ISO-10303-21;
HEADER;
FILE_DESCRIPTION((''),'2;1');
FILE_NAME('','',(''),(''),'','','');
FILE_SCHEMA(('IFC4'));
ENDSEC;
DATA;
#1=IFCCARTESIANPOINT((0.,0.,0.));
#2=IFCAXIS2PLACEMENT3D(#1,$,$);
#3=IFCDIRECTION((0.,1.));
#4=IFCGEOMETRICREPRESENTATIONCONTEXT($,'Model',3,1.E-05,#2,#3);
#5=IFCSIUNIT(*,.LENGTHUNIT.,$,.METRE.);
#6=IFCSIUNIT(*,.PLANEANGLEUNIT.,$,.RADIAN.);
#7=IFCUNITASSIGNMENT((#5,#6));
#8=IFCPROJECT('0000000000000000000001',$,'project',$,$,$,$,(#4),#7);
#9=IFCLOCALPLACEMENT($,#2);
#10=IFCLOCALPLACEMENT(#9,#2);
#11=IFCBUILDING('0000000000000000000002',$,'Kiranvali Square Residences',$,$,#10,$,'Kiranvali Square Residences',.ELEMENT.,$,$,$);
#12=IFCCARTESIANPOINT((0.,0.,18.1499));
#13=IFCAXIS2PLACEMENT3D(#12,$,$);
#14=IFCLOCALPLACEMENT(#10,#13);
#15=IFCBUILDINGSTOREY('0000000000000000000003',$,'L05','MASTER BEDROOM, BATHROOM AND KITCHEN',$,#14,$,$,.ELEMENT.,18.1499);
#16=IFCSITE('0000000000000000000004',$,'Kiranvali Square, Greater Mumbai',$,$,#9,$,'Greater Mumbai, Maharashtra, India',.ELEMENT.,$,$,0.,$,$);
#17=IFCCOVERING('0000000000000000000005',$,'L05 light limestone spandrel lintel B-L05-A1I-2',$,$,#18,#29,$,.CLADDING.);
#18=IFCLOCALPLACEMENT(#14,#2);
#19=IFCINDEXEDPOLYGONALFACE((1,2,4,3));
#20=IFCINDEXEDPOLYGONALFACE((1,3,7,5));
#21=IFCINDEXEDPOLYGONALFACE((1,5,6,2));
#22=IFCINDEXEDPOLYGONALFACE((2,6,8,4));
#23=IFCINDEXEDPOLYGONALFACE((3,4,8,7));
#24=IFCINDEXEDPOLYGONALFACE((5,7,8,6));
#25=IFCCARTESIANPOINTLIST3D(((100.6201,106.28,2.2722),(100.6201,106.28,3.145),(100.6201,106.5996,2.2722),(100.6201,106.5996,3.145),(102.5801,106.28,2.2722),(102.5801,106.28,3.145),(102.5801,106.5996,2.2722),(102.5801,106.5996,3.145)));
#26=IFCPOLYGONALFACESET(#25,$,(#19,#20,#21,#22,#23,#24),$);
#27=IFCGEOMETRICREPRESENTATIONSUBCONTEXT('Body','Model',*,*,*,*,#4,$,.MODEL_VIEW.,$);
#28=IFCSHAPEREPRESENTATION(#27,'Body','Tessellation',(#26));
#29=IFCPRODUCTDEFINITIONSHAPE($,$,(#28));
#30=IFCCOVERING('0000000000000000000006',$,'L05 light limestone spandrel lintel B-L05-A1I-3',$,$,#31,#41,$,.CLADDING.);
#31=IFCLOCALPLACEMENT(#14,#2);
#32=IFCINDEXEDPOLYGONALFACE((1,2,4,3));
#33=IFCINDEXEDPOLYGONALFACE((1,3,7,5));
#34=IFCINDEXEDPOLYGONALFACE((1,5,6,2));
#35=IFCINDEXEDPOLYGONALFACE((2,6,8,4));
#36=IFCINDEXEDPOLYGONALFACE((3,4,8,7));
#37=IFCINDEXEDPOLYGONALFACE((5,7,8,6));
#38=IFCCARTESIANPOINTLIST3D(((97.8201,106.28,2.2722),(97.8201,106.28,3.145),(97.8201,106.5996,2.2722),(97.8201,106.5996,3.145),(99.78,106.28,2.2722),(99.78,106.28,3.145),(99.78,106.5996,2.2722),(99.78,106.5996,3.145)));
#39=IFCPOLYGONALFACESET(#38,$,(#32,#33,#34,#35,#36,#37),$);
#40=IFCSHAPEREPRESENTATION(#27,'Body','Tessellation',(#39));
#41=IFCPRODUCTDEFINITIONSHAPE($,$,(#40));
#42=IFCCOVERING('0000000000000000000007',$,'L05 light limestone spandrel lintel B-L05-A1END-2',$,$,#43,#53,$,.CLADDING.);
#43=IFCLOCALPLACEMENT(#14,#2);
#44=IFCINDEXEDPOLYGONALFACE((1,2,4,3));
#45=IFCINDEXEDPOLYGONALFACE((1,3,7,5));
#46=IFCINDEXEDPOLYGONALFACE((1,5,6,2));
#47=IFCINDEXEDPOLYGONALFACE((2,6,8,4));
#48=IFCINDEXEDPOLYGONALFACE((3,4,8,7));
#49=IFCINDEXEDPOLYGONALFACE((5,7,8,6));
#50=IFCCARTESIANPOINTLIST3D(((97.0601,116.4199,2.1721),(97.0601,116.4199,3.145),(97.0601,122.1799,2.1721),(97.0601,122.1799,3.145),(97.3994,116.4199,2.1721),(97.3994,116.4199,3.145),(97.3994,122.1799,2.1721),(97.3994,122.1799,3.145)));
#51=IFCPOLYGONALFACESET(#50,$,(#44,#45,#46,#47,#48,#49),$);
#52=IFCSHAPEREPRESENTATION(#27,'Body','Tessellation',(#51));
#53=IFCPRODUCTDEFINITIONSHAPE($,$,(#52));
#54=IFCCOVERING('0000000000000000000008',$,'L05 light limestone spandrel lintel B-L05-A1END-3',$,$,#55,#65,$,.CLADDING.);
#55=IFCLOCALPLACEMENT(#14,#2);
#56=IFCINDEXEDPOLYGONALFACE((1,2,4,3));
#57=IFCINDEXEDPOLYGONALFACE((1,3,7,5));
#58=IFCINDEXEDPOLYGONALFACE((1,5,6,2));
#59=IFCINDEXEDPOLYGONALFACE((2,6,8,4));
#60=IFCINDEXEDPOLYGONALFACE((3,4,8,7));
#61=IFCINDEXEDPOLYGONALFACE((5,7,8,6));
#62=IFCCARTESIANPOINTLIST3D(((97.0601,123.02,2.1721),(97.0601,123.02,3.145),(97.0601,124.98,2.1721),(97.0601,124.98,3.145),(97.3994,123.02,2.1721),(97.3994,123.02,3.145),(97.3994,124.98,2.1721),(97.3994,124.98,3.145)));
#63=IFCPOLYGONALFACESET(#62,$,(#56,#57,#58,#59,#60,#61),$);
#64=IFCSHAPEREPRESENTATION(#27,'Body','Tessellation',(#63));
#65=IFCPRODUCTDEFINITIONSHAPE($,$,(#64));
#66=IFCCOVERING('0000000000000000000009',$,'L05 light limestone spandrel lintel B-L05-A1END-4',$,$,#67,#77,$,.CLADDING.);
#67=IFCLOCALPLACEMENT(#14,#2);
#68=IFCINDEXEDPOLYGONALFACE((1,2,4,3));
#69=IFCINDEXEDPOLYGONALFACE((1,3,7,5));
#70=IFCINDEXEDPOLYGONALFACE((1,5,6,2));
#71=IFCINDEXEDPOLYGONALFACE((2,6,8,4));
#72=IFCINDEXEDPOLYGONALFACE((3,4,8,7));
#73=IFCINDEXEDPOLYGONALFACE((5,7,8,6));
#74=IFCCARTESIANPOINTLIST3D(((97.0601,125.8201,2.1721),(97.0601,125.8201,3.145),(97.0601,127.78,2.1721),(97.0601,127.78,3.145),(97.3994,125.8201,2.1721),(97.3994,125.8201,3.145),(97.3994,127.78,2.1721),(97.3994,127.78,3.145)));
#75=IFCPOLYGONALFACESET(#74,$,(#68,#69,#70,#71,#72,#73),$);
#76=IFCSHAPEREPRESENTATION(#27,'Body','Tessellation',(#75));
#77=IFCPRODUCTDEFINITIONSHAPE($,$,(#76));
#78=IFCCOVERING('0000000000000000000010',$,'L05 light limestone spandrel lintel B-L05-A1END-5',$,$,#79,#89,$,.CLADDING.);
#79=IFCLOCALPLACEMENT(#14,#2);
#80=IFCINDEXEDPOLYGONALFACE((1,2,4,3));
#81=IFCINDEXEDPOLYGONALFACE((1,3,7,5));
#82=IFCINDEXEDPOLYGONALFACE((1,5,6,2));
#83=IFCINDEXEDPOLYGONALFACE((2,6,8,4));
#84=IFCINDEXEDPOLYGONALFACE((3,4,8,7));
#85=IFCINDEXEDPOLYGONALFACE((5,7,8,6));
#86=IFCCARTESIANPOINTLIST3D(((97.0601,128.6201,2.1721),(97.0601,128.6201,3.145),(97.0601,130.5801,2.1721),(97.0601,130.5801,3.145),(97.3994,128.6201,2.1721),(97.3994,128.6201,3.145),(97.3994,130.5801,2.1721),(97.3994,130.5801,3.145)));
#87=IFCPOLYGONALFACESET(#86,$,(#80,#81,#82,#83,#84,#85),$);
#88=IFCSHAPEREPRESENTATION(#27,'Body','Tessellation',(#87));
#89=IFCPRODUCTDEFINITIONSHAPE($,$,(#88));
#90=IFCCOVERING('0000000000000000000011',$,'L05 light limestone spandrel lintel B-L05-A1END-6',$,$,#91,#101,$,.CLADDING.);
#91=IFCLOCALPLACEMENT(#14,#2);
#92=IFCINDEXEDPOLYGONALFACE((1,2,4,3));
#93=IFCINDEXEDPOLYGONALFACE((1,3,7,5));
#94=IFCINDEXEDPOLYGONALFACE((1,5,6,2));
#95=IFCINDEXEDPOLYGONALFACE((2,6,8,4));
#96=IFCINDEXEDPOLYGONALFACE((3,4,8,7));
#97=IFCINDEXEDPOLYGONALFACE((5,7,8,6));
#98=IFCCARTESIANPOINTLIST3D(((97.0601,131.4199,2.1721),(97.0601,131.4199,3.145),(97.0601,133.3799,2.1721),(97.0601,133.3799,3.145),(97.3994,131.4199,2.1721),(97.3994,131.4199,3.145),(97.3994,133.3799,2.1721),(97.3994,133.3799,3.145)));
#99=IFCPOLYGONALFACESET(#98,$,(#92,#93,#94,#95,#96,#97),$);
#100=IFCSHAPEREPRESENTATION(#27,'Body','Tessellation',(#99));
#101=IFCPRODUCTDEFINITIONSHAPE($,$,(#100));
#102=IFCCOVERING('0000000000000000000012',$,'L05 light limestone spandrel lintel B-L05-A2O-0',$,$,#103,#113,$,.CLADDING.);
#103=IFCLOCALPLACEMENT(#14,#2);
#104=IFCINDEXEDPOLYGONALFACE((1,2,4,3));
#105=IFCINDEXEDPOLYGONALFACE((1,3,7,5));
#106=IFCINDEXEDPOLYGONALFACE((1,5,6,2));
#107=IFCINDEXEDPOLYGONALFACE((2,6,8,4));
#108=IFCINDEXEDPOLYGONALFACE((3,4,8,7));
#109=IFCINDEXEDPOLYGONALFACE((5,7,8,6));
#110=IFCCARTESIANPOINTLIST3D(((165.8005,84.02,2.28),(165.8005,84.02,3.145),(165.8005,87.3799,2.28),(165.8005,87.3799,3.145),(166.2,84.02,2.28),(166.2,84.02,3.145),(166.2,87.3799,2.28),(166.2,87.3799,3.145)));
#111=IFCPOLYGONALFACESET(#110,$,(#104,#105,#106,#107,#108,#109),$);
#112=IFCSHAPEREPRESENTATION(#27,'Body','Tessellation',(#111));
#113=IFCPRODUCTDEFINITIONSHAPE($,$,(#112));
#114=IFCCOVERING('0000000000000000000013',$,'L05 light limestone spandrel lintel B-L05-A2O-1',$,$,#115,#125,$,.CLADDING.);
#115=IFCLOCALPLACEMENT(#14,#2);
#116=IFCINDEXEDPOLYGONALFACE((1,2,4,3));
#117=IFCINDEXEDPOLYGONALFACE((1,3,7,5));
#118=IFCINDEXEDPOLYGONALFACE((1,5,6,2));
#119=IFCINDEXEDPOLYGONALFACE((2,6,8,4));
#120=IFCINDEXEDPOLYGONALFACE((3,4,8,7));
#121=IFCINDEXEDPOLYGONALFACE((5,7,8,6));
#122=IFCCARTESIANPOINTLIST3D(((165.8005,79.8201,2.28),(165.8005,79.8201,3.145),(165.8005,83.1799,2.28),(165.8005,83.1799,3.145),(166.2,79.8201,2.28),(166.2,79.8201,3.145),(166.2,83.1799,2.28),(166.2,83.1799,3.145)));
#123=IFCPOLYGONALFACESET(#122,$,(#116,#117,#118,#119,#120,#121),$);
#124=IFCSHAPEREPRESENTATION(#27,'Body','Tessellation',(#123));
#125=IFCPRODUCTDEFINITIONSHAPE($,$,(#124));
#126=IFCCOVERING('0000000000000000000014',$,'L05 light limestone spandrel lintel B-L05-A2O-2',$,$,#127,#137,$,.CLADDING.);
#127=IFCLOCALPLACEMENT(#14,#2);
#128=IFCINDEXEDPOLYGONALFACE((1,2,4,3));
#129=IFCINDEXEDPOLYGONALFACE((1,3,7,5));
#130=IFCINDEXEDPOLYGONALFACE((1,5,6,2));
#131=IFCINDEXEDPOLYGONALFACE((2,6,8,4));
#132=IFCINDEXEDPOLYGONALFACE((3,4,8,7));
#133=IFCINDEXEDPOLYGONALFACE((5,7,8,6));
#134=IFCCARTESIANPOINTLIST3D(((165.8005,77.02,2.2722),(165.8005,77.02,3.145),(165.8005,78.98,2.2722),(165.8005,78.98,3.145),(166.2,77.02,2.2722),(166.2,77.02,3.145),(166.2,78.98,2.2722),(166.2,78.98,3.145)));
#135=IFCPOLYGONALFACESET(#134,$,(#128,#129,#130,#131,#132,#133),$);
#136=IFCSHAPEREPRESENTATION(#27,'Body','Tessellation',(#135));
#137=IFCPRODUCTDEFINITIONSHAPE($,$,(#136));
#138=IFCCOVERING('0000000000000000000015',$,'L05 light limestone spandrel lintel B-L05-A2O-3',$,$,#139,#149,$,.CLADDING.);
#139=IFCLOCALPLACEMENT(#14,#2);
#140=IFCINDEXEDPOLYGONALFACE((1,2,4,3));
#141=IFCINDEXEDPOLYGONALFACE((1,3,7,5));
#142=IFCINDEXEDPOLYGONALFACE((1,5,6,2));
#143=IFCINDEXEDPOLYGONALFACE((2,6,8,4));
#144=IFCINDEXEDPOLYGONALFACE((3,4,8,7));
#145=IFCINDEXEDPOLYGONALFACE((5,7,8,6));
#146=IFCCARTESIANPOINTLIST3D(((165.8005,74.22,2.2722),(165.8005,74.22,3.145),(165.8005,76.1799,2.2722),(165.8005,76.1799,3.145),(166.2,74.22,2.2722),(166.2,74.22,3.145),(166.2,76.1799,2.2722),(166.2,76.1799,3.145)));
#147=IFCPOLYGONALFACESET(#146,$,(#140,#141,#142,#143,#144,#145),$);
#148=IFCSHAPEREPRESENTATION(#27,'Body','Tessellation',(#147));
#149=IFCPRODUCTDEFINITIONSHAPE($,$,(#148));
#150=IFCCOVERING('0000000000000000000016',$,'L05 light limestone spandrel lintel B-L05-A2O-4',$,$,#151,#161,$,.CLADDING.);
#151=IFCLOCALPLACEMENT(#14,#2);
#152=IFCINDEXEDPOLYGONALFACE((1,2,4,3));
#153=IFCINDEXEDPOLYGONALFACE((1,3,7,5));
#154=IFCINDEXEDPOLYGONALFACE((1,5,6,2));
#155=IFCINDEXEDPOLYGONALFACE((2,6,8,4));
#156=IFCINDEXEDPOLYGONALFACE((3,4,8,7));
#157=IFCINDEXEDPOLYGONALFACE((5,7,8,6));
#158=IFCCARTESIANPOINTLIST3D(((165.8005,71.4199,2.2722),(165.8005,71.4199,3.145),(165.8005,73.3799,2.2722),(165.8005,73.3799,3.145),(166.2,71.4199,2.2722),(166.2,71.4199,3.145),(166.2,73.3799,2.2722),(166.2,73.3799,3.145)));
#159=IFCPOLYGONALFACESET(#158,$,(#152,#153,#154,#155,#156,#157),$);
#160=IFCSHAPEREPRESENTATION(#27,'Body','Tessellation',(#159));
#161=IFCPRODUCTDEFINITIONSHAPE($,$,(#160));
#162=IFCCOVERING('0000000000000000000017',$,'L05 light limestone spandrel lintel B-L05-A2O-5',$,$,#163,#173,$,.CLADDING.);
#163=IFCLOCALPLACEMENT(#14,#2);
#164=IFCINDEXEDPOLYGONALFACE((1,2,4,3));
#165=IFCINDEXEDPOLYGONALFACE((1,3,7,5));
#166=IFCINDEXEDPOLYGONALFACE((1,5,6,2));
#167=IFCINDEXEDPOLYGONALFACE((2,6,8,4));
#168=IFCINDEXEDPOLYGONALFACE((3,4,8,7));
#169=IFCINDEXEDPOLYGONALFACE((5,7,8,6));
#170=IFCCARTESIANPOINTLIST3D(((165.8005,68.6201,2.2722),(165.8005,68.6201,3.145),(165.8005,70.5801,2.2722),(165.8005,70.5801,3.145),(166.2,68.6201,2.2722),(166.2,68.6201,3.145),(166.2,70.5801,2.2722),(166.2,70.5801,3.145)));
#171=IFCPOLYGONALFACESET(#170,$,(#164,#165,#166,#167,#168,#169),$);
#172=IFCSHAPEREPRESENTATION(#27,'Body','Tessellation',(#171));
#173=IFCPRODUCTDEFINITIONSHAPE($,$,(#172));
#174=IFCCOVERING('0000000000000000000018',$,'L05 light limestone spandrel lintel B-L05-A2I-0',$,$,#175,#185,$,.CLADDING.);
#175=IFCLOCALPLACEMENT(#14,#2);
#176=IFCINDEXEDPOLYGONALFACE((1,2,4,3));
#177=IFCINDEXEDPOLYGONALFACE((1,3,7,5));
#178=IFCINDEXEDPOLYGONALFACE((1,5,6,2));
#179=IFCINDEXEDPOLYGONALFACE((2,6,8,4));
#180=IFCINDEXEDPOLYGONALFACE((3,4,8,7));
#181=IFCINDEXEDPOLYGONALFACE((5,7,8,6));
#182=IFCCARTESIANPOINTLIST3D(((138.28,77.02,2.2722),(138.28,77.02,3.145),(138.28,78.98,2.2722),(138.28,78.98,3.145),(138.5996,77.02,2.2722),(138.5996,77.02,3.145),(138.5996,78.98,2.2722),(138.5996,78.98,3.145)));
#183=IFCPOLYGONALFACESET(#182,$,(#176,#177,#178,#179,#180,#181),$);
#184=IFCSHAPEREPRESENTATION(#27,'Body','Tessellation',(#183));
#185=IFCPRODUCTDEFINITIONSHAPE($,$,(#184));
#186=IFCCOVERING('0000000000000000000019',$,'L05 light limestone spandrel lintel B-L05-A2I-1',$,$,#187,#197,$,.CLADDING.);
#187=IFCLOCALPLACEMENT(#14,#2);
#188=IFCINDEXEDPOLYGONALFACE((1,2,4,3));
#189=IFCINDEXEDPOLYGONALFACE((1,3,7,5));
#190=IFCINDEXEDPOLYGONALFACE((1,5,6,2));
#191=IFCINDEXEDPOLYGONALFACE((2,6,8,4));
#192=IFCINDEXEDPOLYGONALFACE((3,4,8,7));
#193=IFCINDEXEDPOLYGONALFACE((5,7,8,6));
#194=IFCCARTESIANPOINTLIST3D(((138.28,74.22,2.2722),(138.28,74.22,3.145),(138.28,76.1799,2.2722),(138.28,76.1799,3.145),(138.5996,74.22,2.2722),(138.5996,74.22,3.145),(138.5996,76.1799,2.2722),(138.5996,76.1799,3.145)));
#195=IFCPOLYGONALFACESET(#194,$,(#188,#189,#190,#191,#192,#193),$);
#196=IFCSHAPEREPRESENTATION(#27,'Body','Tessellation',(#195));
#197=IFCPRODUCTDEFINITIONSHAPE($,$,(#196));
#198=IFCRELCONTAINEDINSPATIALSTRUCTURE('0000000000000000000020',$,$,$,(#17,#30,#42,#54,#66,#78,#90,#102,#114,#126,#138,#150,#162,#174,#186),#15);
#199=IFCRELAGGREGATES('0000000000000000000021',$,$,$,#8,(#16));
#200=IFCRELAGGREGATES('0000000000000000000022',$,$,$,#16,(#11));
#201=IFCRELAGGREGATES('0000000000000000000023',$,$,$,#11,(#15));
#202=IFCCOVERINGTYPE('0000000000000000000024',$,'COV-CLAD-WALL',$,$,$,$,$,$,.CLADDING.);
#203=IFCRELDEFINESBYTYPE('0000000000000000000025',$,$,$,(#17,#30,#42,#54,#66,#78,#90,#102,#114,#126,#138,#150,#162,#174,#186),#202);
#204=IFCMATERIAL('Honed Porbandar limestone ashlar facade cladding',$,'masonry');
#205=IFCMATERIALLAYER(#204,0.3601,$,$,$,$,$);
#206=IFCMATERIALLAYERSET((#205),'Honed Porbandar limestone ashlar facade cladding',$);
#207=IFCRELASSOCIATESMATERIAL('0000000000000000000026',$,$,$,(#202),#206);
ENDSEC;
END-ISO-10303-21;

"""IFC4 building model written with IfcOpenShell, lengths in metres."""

from ifc_helpers import new_model, si_unit, direction, frame, origin, place, context, subcontext, project, spatial, polyline, outline, extrude, material, layer, layer_set, type_object, element, save


model = new_model("IFC4")

# Units and contexts
model_context = context("Model", 3, precision=1e-05, world=origin(), true_north=direction((0.0, 1.0)))
body_context = subcontext(model_context, "Body", "Model", "MODEL_VIEW")
ifc_project = project(units=[si_unit("LENGTHUNIT", "METRE"), si_unit("PLANEANGLEUNIT", "RADIAN")], contexts=[model_context])

# Site, building, storey
site_placement = place(None, origin())
site = spatial("IfcSite", under=ifc_project, at=site_placement, Name="Kiranvali Square, Greater Mumbai", LongName="Greater Mumbai, Maharashtra, India", CompositionType="ELEMENT", RefElevation=0.0)
building_placement = place(site_placement, origin())
building = spatial("IfcBuilding", under=site, at=building_placement, Name="Kiranvali Square Residences", LongName="Kiranvali Square Residences", CompositionType="ELEMENT")
storey_placement = place(building_placement, frame((0.0, 0.0, 18.1499)))
storey = spatial("IfcBuildingStorey", under=building, at=storey_placement, Name="L05", Description="MASTER BEDROOM, BATHROOM AND KITCHEN", CompositionType="ELEMENT", Elevation=18.1499)

# Coverings
ifc_material = material(Name="Honed Porbandar limestone ashlar facade cladding", Category="masonry")
ifc_layer = layer(ifc_material, 0.3601)
ifc_layer_set = layer_set([ifc_layer], Name="Honed Porbandar limestone ashlar facade cladding")
covering_type = type_object("IfcCoveringType", Name="COV-CLAD-WALL", PredefinedType="CLADDING", material=ifc_layer_set)
covering_1_placement = place(storey_placement, frame((0.0, 0.0, 2.2722)))
element("IfcCovering", 1, at=covering_1_placement, inside=storey, type_object=covering_type, Name="L05 light limestone spandrel lintel B-L05-A1I-2", PredefinedType="CLADDING", context=body_context, shape_type="SweptSolid", body=[
    extrude(outline(polyline([(102.5801, 106.5996), (100.6201, 106.5996), (100.6201, 106.28), (102.5801, 106.28), (102.5801, 106.5996)])), origin(), (0.0, 0.0, 1.0), 0.8728),
])
covering_2_placement = place(storey_placement, frame((0.0, 0.0, 2.2722)))
element("IfcCovering", 2, at=covering_2_placement, inside=storey, type_object=covering_type, Name="L05 light limestone spandrel lintel B-L05-A1I-3", PredefinedType="CLADDING", context=body_context, shape_type="SweptSolid", body=[
    extrude(outline(polyline([(99.78, 106.5996), (97.8201, 106.5996), (97.8201, 106.28), (99.78, 106.28), (99.78, 106.5996)])), origin(), (0.0, 0.0, 1.0), 0.8728),
])
covering_3_placement = place(storey_placement, frame((0.0, 0.0, 2.1721)))
element("IfcCovering", 3, at=covering_3_placement, inside=storey, type_object=covering_type, Name="L05 light limestone spandrel lintel B-L05-A1END-2", PredefinedType="CLADDING", context=body_context, shape_type="SweptSolid", body=[
    extrude(outline(polyline([(97.3994, 116.4199), (97.3994, 122.1799), (97.0601, 122.1799), (97.0601, 116.4199), (97.3994, 116.4199)])), origin(), (0.0, 0.0, 1.0), 0.9729),
])
covering_4_placement = place(storey_placement, frame((0.0, 0.0, 2.1721)))
element("IfcCovering", 4, at=covering_4_placement, inside=storey, type_object=covering_type, Name="L05 light limestone spandrel lintel B-L05-A1END-3", PredefinedType="CLADDING", context=body_context, shape_type="SweptSolid", body=[
    extrude(outline(polyline([(97.3994, 123.02), (97.3994, 124.98), (97.0601, 124.98), (97.0601, 123.02), (97.3994, 123.02)])), origin(), (0.0, 0.0, 1.0), 0.9729),
])
covering_5_placement = place(storey_placement, frame((0.0, 0.0, 2.1721)))
element("IfcCovering", 5, at=covering_5_placement, inside=storey, type_object=covering_type, Name="L05 light limestone spandrel lintel B-L05-A1END-4", PredefinedType="CLADDING", context=body_context, shape_type="SweptSolid", body=[
    extrude(outline(polyline([(97.3994, 125.8201), (97.3994, 127.78), (97.0601, 127.78), (97.0601, 125.8201), (97.3994, 125.8201)])), origin(), (0.0, 0.0, 1.0), 0.9729),
])
covering_6_placement = place(storey_placement, frame((0.0, 0.0, 2.1721)))
element("IfcCovering", 6, at=covering_6_placement, inside=storey, type_object=covering_type, Name="L05 light limestone spandrel lintel B-L05-A1END-5", PredefinedType="CLADDING", context=body_context, shape_type="SweptSolid", body=[
    extrude(outline(polyline([(97.3994, 128.6201), (97.3994, 130.5801), (97.0601, 130.5801), (97.0601, 128.6201), (97.3994, 128.6201)])), origin(), (0.0, 0.0, 1.0), 0.9729),
])
covering_7_placement = place(storey_placement, frame((0.0, 0.0, 2.1721)))
element("IfcCovering", 7, at=covering_7_placement, inside=storey, type_object=covering_type, Name="L05 light limestone spandrel lintel B-L05-A1END-6", PredefinedType="CLADDING", context=body_context, shape_type="SweptSolid", body=[
    extrude(outline(polyline([(97.3994, 131.4199), (97.3994, 133.3799), (97.0601, 133.3799), (97.0601, 131.4199), (97.3994, 131.4199)])), origin(), (0.0, 0.0, 1.0), 0.9729),
])
covering_8_placement = place(storey_placement, frame((0.0, 0.0, 2.28)))
element("IfcCovering", 8, at=covering_8_placement, inside=storey, type_object=covering_type, Name="L05 light limestone spandrel lintel B-L05-A2O-0", PredefinedType="CLADDING", context=body_context, shape_type="SweptSolid", body=[
    extrude(outline(polyline([(165.8005, 87.3799), (165.8005, 84.02), (166.2, 84.02), (166.2, 87.3799), (165.8005, 87.3799)])), origin(), (0.0, 0.0, 1.0), 0.865),
])
covering_9_placement = place(storey_placement, frame((0.0, 0.0, 2.28)))
element("IfcCovering", 9, at=covering_9_placement, inside=storey, type_object=covering_type, Name="L05 light limestone spandrel lintel B-L05-A2O-1", PredefinedType="CLADDING", context=body_context, shape_type="SweptSolid", body=[
    extrude(outline(polyline([(165.8005, 83.1799), (165.8005, 79.8201), (166.2, 79.8201), (166.2, 83.1799), (165.8005, 83.1799)])), origin(), (0.0, 0.0, 1.0), 0.865),
])
covering_10_placement = place(storey_placement, frame((0.0, 0.0, 2.2722)))
element("IfcCovering", 10, at=covering_10_placement, inside=storey, type_object=covering_type, Name="L05 light limestone spandrel lintel B-L05-A2O-2", PredefinedType="CLADDING", context=body_context, shape_type="SweptSolid", body=[
    extrude(outline(polyline([(165.8005, 78.98), (165.8005, 77.02), (166.2, 77.02), (166.2, 78.98), (165.8005, 78.98)])), origin(), (0.0, 0.0, 1.0), 0.8728),
])
covering_11_placement = place(storey_placement, frame((0.0, 0.0, 2.2722)))
element("IfcCovering", 11, at=covering_11_placement, inside=storey, type_object=covering_type, Name="L05 light limestone spandrel lintel B-L05-A2O-3", PredefinedType="CLADDING", context=body_context, shape_type="SweptSolid", body=[
    extrude(outline(polyline([(165.8005, 76.1799), (165.8005, 74.22), (166.2, 74.22), (166.2, 76.1799), (165.8005, 76.1799)])), origin(), (0.0, 0.0, 1.0), 0.8728),
])
covering_12_placement = place(storey_placement, frame((0.0, 0.0, 2.2722)))
element("IfcCovering", 12, at=covering_12_placement, inside=storey, type_object=covering_type, Name="L05 light limestone spandrel lintel B-L05-A2O-4", PredefinedType="CLADDING", context=body_context, shape_type="SweptSolid", body=[
    extrude(outline(polyline([(165.8005, 73.3799), (165.8005, 71.4199), (166.2, 71.4199), (166.2, 73.3799), (165.8005, 73.3799)])), origin(), (0.0, 0.0, 1.0), 0.8728),
])
covering_13_placement = place(storey_placement, frame((0.0, 0.0, 2.2722)))
element("IfcCovering", 13, at=covering_13_placement, inside=storey, type_object=covering_type, Name="L05 light limestone spandrel lintel B-L05-A2O-5", PredefinedType="CLADDING", context=body_context, shape_type="SweptSolid", body=[
    extrude(outline(polyline([(165.8005, 70.5801), (165.8005, 68.6201), (166.2, 68.6201), (166.2, 70.5801), (165.8005, 70.5801)])), origin(), (0.0, 0.0, 1.0), 0.8728),
])
covering_14_placement = place(storey_placement, frame((0.0, 0.0, 2.2722)))
element("IfcCovering", 14, at=covering_14_placement, inside=storey, type_object=covering_type, Name="L05 light limestone spandrel lintel B-L05-A2I-0", PredefinedType="CLADDING", context=body_context, shape_type="SweptSolid", body=[
    extrude(outline(polyline([(138.28, 78.98), (138.28, 77.02), (138.5996, 77.02), (138.5996, 78.98), (138.28, 78.98)])), origin(), (0.0, 0.0, 1.0), 0.8728),
])
covering_15_placement = place(storey_placement, frame((0.0, 0.0, 2.2722)))
element("IfcCovering", 15, at=covering_15_placement, inside=storey, type_object=covering_type, Name="L05 light limestone spandrel lintel B-L05-A2I-1", PredefinedType="CLADDING", context=body_context, shape_type="SweptSolid", body=[
    extrude(outline(polyline([(138.28, 76.1799), (138.28, 74.22), (138.5996, 74.22), (138.5996, 76.1799), (138.28, 76.1799)])), origin(), (0.0, 0.0, 1.0), 0.8728),
])

save(model, "model.ifc")
